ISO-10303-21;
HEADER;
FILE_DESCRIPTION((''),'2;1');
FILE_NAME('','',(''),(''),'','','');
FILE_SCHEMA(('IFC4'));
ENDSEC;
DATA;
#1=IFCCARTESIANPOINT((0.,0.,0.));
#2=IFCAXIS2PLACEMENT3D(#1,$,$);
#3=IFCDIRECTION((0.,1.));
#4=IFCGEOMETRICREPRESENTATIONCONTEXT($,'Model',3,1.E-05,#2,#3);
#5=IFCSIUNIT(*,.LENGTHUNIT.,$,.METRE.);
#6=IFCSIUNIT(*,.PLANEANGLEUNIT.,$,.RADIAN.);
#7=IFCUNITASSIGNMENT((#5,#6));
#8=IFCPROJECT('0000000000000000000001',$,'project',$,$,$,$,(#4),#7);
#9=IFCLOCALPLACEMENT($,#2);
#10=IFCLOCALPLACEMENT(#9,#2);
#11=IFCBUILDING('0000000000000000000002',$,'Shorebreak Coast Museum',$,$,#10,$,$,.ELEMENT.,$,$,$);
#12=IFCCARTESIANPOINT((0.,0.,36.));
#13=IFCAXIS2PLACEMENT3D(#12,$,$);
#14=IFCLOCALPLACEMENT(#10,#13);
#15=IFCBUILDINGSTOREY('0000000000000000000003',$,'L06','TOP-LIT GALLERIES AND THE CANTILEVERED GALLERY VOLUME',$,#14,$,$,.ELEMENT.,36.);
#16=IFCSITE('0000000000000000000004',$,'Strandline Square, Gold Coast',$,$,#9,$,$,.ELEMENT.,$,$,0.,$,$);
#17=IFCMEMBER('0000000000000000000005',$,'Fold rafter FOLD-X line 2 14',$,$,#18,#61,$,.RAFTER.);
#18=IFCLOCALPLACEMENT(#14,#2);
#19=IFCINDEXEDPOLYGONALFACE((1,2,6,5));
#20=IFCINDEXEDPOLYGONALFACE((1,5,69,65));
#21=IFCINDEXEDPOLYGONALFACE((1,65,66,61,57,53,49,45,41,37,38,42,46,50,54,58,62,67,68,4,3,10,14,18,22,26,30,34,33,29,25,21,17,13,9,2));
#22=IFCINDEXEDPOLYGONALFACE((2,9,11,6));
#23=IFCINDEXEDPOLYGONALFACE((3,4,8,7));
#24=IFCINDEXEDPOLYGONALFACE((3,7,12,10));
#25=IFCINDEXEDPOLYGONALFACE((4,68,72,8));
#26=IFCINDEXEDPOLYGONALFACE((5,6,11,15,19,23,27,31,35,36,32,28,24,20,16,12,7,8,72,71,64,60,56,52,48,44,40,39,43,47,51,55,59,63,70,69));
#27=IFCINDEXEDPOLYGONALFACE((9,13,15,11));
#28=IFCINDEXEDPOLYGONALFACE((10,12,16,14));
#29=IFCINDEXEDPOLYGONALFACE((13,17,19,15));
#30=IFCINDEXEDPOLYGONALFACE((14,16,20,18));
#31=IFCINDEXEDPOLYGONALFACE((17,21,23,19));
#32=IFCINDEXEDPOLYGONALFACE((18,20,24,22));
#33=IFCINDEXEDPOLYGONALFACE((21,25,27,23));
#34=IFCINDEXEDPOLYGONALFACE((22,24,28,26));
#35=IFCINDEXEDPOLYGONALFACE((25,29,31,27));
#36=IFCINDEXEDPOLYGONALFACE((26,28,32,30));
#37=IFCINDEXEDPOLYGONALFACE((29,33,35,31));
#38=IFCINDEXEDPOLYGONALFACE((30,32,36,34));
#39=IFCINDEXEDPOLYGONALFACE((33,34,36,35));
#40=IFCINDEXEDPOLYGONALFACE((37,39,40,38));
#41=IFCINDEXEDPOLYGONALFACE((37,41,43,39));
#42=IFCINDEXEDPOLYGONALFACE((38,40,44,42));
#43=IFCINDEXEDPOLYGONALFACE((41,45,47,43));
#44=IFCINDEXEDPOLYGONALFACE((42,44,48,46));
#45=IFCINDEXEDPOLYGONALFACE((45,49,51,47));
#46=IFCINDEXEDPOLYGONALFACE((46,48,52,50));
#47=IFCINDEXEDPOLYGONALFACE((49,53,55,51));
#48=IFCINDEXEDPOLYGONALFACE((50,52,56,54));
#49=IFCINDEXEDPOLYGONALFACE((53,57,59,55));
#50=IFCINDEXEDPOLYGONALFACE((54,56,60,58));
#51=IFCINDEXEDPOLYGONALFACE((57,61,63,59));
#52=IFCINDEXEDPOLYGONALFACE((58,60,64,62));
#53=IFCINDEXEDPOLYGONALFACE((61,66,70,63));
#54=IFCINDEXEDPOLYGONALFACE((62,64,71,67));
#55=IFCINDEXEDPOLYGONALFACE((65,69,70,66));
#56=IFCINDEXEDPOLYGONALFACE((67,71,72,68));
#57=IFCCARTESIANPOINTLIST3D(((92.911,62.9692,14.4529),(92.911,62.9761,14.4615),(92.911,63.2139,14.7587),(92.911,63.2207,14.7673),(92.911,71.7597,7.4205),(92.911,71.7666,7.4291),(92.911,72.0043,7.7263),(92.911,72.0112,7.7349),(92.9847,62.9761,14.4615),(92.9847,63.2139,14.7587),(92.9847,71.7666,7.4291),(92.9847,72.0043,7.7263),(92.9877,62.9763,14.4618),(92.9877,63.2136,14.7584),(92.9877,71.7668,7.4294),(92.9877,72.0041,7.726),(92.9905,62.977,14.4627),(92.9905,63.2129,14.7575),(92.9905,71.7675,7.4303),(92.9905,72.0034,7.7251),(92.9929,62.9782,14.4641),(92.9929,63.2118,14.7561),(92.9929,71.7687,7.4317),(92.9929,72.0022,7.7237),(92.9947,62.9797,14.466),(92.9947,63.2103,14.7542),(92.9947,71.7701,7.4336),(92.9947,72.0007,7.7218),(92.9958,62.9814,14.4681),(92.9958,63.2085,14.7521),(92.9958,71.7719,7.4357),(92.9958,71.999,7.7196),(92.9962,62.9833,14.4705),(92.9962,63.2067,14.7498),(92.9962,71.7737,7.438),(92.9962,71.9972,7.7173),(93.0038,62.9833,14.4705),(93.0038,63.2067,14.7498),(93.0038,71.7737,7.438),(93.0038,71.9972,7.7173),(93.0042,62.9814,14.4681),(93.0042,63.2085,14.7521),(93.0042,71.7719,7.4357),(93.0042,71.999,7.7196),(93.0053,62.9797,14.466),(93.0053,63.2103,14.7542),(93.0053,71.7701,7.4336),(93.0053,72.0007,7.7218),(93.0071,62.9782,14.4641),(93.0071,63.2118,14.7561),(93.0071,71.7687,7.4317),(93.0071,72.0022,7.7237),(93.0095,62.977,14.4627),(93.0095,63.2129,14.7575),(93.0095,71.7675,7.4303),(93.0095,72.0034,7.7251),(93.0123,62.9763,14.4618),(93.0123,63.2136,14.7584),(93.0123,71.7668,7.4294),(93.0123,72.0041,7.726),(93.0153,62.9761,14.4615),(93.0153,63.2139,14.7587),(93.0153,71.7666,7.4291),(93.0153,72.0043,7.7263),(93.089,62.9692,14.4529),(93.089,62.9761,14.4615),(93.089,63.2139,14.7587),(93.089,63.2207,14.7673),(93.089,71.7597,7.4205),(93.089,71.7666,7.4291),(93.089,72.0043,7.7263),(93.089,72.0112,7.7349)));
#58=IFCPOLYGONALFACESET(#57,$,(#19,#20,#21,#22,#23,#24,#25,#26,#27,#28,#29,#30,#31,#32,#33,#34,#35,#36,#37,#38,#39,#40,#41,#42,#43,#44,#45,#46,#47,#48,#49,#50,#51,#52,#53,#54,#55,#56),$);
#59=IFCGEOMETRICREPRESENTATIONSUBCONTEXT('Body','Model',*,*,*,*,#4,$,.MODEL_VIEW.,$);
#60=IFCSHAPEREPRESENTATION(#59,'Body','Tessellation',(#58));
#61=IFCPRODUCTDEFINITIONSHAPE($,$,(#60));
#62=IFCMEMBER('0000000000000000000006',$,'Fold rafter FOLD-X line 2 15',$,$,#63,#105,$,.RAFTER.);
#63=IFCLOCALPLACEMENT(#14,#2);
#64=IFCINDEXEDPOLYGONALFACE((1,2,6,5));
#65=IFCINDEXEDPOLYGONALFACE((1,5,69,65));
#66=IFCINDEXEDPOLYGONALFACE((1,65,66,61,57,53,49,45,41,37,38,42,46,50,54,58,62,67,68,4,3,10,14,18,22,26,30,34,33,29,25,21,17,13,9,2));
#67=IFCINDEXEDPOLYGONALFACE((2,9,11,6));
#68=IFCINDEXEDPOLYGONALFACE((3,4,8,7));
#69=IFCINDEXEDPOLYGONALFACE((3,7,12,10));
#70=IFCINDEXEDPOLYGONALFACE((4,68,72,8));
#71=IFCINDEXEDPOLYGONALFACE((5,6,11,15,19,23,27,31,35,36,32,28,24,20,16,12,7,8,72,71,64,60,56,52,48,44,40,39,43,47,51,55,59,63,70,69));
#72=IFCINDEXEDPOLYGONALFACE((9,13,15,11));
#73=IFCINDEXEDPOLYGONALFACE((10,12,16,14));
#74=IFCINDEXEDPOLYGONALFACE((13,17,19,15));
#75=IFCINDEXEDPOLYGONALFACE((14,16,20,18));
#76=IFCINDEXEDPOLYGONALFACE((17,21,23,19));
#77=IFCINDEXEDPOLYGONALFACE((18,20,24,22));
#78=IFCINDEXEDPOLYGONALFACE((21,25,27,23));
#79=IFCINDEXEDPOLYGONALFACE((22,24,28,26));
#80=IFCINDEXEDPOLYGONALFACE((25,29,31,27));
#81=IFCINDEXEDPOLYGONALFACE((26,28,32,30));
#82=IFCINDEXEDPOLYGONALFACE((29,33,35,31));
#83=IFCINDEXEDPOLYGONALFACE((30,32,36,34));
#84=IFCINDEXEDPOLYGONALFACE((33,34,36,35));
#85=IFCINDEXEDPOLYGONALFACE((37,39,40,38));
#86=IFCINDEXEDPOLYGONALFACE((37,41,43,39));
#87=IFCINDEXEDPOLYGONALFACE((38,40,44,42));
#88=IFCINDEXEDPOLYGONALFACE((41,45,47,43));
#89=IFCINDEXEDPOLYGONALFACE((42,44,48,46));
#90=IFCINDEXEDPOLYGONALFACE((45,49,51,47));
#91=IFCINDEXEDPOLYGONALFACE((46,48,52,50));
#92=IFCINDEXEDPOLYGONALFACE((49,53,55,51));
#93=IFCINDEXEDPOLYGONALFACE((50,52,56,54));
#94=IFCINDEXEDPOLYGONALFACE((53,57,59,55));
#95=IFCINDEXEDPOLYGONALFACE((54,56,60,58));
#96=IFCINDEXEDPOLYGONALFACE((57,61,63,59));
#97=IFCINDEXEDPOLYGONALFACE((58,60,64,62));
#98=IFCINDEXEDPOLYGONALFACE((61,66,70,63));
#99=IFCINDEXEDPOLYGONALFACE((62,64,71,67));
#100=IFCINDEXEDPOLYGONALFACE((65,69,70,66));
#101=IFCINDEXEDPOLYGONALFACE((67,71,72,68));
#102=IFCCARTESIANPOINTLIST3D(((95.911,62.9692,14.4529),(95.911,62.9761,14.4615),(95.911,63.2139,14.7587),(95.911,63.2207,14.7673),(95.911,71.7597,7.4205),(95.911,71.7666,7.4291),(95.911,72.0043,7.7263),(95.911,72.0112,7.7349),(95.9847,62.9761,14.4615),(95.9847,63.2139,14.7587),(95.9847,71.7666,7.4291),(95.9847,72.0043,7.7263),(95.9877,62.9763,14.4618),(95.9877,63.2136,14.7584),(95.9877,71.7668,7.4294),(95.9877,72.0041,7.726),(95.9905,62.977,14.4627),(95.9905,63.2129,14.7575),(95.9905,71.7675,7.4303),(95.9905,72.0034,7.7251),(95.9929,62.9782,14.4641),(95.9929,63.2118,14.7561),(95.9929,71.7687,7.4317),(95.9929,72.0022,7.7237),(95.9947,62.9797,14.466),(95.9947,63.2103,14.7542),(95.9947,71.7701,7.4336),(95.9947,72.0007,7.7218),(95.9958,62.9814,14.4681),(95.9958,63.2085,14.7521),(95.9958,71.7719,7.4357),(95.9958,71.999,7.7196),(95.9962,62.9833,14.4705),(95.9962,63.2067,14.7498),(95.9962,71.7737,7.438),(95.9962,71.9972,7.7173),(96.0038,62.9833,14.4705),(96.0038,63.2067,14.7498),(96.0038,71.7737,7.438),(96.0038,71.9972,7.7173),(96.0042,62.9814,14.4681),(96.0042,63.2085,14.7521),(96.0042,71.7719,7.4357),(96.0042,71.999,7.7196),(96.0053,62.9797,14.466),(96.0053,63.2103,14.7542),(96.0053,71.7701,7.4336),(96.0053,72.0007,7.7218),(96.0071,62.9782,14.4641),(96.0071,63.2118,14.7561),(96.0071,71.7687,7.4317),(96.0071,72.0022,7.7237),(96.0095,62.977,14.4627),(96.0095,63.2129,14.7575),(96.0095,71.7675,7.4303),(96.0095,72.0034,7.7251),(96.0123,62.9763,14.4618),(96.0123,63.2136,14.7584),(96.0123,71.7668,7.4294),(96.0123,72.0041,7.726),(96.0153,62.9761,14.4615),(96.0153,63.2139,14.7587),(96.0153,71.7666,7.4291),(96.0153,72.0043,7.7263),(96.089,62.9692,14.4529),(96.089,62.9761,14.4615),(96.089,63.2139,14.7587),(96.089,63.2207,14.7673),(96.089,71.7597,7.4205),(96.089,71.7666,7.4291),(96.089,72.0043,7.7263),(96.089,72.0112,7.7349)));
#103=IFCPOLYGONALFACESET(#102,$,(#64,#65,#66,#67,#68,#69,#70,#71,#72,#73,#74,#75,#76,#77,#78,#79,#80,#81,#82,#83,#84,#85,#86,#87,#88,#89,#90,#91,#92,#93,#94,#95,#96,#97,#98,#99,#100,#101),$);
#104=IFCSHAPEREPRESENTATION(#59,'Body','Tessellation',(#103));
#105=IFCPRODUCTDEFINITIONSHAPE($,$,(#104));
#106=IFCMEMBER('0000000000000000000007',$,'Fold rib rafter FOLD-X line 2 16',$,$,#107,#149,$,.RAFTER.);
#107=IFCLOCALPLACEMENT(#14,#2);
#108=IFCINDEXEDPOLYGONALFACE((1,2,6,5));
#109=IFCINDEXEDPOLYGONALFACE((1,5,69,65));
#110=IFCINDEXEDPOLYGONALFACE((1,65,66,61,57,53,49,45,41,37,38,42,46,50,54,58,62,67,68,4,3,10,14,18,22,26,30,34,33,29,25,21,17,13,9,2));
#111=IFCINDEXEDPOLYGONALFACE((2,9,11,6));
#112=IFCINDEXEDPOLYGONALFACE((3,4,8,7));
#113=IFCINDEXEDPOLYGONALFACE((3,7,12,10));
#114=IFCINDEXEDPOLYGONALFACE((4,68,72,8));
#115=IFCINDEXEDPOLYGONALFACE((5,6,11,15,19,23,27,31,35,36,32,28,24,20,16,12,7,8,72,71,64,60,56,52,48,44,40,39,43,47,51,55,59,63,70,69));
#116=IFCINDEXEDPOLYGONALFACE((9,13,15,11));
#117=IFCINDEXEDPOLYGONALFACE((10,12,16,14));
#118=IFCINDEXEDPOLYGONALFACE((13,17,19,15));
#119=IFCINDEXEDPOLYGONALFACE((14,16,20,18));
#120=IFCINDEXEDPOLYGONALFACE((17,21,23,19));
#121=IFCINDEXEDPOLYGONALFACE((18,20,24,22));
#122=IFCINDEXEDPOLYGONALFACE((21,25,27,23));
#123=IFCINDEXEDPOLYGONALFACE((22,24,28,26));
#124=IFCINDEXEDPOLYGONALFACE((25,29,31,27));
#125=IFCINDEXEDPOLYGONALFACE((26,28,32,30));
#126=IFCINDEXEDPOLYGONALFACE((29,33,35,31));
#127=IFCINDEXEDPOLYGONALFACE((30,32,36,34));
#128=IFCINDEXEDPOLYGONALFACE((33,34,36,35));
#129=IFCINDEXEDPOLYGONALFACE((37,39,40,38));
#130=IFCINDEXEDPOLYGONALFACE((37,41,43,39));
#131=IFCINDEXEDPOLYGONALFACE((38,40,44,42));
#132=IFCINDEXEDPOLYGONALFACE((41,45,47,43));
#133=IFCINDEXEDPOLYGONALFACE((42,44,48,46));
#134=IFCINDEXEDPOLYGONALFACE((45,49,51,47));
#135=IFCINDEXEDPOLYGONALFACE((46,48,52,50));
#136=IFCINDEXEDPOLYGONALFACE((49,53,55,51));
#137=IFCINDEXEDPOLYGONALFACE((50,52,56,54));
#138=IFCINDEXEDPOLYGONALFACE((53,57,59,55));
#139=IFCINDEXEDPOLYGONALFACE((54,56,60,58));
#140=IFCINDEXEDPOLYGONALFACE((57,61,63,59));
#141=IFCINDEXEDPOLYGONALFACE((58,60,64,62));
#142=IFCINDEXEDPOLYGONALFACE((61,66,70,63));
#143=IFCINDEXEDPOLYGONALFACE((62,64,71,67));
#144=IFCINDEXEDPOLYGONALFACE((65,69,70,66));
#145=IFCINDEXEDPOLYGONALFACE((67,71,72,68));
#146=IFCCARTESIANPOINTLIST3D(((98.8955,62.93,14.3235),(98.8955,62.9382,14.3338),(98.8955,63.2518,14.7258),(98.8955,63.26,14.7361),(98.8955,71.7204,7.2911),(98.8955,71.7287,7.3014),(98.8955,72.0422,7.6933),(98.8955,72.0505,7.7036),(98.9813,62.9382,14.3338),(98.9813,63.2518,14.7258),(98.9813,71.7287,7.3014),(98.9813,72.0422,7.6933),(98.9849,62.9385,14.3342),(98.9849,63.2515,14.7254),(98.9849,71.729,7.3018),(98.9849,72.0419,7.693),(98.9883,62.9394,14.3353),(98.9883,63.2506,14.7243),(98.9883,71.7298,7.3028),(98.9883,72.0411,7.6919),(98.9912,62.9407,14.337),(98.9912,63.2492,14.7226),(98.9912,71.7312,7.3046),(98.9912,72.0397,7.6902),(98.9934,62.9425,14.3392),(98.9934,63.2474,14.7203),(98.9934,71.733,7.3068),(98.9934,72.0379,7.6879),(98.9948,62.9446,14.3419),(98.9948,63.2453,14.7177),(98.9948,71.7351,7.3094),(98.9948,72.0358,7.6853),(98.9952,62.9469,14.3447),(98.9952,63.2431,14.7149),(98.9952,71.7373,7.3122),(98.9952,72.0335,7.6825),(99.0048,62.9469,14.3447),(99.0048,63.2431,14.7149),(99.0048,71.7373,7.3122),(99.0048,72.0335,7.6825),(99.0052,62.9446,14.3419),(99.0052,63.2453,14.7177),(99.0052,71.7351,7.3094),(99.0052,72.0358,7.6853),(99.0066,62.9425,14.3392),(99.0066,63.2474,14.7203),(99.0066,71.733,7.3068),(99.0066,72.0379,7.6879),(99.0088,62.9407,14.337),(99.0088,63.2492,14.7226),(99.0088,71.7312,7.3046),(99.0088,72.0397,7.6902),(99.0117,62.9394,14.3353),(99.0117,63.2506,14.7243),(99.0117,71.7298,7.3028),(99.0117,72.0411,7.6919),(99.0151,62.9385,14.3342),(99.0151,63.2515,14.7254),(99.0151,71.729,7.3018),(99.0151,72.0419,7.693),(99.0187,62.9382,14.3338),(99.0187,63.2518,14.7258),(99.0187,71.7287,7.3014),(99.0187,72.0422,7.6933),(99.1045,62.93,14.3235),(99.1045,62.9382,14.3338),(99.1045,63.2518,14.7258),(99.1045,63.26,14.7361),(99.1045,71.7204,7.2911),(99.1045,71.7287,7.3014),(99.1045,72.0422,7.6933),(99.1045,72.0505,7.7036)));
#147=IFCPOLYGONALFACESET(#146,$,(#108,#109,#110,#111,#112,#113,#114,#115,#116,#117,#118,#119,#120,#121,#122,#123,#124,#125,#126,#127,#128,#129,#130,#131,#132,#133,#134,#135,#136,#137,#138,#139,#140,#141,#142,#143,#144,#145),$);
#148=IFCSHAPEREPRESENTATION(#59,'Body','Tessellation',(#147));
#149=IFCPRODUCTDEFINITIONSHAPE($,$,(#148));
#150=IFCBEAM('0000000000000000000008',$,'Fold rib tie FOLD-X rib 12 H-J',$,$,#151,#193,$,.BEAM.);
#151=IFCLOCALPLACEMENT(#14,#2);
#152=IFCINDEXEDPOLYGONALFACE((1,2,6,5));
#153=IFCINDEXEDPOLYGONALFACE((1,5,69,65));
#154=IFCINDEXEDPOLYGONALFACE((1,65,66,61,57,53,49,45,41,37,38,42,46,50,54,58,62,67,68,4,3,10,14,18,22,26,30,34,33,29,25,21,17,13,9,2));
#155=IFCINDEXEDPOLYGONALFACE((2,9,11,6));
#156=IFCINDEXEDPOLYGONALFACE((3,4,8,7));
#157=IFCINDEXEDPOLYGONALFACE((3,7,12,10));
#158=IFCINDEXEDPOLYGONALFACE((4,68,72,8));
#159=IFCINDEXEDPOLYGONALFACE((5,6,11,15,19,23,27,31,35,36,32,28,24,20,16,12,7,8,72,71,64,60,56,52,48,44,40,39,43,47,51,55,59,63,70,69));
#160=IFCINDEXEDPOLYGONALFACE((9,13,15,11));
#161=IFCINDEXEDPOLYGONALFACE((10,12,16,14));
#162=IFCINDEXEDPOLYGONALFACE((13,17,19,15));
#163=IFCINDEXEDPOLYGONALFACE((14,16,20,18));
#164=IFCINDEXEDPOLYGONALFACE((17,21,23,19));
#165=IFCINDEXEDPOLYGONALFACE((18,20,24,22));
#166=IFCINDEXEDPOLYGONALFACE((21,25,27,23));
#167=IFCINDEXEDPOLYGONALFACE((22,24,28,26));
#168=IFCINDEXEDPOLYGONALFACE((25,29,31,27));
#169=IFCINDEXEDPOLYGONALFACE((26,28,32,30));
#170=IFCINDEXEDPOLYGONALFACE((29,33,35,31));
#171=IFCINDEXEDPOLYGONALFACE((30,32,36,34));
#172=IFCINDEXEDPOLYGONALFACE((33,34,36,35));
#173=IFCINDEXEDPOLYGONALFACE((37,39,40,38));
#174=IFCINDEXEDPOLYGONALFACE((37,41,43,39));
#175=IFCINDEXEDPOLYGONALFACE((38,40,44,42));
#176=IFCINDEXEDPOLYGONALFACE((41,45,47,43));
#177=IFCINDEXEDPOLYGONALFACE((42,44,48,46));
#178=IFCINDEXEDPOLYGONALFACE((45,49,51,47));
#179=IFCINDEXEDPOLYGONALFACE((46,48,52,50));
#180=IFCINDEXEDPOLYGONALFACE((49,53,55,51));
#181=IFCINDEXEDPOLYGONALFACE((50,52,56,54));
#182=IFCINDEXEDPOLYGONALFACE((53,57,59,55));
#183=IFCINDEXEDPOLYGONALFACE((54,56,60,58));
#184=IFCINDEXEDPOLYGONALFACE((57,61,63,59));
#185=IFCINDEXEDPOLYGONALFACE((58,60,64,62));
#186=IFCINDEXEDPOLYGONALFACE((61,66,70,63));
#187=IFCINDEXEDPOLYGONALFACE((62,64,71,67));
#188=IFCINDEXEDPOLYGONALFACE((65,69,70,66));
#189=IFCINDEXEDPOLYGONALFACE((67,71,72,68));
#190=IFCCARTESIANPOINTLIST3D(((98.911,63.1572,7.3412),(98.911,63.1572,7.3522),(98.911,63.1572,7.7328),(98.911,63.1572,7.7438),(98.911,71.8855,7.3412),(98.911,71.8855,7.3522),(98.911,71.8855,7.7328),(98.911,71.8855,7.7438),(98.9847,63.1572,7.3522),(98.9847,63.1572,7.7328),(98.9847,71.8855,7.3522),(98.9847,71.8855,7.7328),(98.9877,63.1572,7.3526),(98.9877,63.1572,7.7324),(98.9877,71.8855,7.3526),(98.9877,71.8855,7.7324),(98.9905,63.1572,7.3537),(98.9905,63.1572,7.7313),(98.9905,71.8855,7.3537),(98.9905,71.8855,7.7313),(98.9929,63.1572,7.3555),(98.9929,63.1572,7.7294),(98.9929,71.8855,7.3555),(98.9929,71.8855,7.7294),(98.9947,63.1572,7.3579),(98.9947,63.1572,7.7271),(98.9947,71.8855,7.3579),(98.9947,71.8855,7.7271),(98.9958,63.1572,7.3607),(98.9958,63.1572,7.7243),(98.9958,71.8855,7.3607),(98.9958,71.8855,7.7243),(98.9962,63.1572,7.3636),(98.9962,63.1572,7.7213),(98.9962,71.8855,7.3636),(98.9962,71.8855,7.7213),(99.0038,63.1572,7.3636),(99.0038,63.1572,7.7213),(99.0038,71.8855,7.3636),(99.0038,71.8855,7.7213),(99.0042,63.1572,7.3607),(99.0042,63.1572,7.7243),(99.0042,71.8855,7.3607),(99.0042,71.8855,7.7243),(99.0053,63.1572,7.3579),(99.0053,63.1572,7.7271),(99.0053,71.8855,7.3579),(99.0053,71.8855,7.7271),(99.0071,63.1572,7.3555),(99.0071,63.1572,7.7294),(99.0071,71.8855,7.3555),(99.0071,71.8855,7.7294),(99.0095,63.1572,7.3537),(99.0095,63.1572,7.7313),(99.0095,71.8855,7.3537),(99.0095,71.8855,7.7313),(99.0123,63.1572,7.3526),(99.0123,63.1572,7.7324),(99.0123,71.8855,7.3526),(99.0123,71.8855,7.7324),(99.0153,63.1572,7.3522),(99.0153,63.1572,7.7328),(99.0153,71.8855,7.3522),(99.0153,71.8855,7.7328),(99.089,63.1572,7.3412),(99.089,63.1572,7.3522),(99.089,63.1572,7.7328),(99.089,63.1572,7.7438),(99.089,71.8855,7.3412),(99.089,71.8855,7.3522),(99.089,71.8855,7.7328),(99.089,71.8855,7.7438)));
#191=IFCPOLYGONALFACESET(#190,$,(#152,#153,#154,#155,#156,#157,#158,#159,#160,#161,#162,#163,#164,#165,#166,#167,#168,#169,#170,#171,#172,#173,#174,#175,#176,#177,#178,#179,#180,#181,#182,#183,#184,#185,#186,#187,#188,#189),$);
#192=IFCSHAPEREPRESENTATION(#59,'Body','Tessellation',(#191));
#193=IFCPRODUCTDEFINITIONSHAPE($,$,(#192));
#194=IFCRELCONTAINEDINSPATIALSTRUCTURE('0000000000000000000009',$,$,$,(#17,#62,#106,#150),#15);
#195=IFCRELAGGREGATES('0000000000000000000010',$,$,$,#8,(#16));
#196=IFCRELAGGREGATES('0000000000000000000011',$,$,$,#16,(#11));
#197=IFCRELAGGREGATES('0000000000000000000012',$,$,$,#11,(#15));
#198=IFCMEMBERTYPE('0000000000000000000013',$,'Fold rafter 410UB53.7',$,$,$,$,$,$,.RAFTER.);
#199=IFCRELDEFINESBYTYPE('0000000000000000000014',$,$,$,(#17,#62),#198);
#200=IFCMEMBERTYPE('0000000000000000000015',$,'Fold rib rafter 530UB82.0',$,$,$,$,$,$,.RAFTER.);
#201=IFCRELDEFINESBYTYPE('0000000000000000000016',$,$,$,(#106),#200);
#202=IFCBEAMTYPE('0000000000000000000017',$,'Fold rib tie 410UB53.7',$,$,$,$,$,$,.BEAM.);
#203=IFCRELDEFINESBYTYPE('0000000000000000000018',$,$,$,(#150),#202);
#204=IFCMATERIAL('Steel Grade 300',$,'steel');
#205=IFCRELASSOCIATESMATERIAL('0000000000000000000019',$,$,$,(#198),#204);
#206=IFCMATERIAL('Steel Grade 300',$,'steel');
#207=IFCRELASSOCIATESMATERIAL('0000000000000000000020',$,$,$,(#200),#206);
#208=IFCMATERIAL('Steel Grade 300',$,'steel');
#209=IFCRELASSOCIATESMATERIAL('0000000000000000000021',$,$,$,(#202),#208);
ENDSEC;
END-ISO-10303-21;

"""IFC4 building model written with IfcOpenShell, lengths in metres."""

from ifc_helpers import new_model, si_unit, direction, frame, origin, origin_2d, place, context, subcontext, project, spatial, i_section, extrude, material, material_profile, profile_set, type_object, element, save


model = new_model("IFC4")

# Units and contexts
model_context = context("Model", 3, precision=1e-05, world=origin(), true_north=direction((0.0, 1.0)))
body_context = subcontext(model_context, "Body", "Model", "MODEL_VIEW")
ifc_project = project(units=[si_unit("LENGTHUNIT", "METRE"), si_unit("PLANEANGLEUNIT", "RADIAN")], contexts=[model_context])

# Site, building, storey
site_placement = place(None, origin())
site = spatial("IfcSite", under=ifc_project, at=site_placement, Name="Strandline Square, Gold Coast", CompositionType="ELEMENT", RefElevation=0.0)
building_placement = place(site_placement, origin())
building = spatial("IfcBuilding", under=site, at=building_placement, Name="Shorebreak Coast Museum", CompositionType="ELEMENT")
storey_placement = place(building_placement, frame((0.0, 0.0, 36.0)))
storey = spatial("IfcBuildingStorey", under=building, at=storey_placement, Name="L06", Description="TOP-LIT GALLERIES AND THE CANTILEVERED GALLERY VOLUME", CompositionType="ELEMENT", Elevation=36.0)

# Members
ifc_material_1 = material(Name="Steel Grade 300", Category="steel")
ifc_material_profile_1 = material_profile(ifc_material_1, i_section(OverallWidth=0.178, OverallDepth=0.4026, WebThickness=0.0076, FlangeThickness=0.011, FilletRadius=0.0115, at=origin_2d()), Name="410UB53.7")
ifc_profile_set_1 = profile_set([ifc_material_profile_1], Name="Steel Grade 300")
member_type_1 = type_object("IfcMemberType", Name="Fold rafter 410UB53.7", PredefinedType="RAFTER", material=ifc_profile_set_1)
for number, where, z_axis, x_axis, name in (
    (1, (93.0, 63.095, 14.6101), (0.0, 0.780867, -0.624698), (-1.0, 0.0, 0.0), "Fold rafter FOLD-X line 2 14"),
    (2, (96.0, 63.095, 14.6101), (0.0, 0.780867, -0.624698), (-1.0, 0.0, 0.0), "Fold rafter FOLD-X line 2 15"),
):
    element("IfcMember", number, at=place(storey_placement, frame(where, z_axis=z_axis, x_axis=x_axis)), inside=storey, type_object=member_type_1, Name=name, PredefinedType="RAFTER", context=body_context, shape_type="SweptSolid", body=[
        extrude(i_section(OverallWidth=0.178, OverallDepth=0.4026, WebThickness=0.0076, FlangeThickness=0.011, FilletRadius=0.0115, at=origin_2d()), origin(), (0.0, 0.0, 1.0), 11.2573),
    ])
ifc_material_2 = material(Name="Steel Grade 300", Category="steel")
ifc_material_profile_2 = material_profile(ifc_material_2, i_section(OverallWidth=0.209, OverallDepth=0.5283, WebThickness=0.0095, FlangeThickness=0.0132, FilletRadius=0.0139, at=origin_2d()), Name="530UB82.0")
ifc_profile_set_2 = profile_set([ifc_material_profile_2], Name="Steel Grade 300")
member_type_2 = type_object("IfcMemberType", Name="Fold rib rafter 530UB82.0", PredefinedType="RAFTER", material=ifc_profile_set_2)
member_1_placement = place(storey_placement, frame((99.0, 63.095, 14.5298), z_axis=(0.0, 0.780867, -0.624698), x_axis=(-1.0, 0.0, 0.0)))
element("IfcMember", 3, at=member_1_placement, inside=storey, type_object=member_type_2, Name="Fold rib rafter FOLD-X line 2 16", PredefinedType="RAFTER", context=body_context, shape_type="SweptSolid", body=[
    extrude(i_section(OverallWidth=0.209, OverallDepth=0.5283, WebThickness=0.0095, FlangeThickness=0.0132, FilletRadius=0.0139, at=origin_2d()), origin(), (0.0, 0.0, 1.0), 11.2573),
])

# Beam
ifc_material_3 = material(Name="Steel Grade 300", Category="steel")
ifc_material_profile_3 = material_profile(ifc_material_3, i_section(OverallWidth=0.178, OverallDepth=0.4026, WebThickness=0.0076, FlangeThickness=0.011, FilletRadius=0.0115, at=origin_2d()), Name="410UB53.7")
ifc_profile_set_3 = profile_set([ifc_material_profile_3], Name="Steel Grade 300")
beam_type_1 = type_object("IfcBeamType", Name="Fold rib tie 410UB53.7", PredefinedType="BEAM", material=ifc_profile_set_3)
beam_1_placement = place(storey_placement, frame((99.0, 63.1572, 7.5425), z_axis=(0.0, 1.0, 0.0), x_axis=(-1.0, 0.0, 0.0)))
element("IfcBeam", 4, at=beam_1_placement, inside=storey, type_object=beam_type_1, Name="Fold rib tie FOLD-X rib 12 H-J", PredefinedType="BEAM", context=body_context, shape_type="SweptSolid", body=[
    extrude(i_section(OverallWidth=0.178, OverallDepth=0.4026, WebThickness=0.0076, FlangeThickness=0.011, FilletRadius=0.0115, at=origin_2d()), origin(), (0.0, 0.0, 1.0), 8.7283),
])

save(model, "model.ifc")
